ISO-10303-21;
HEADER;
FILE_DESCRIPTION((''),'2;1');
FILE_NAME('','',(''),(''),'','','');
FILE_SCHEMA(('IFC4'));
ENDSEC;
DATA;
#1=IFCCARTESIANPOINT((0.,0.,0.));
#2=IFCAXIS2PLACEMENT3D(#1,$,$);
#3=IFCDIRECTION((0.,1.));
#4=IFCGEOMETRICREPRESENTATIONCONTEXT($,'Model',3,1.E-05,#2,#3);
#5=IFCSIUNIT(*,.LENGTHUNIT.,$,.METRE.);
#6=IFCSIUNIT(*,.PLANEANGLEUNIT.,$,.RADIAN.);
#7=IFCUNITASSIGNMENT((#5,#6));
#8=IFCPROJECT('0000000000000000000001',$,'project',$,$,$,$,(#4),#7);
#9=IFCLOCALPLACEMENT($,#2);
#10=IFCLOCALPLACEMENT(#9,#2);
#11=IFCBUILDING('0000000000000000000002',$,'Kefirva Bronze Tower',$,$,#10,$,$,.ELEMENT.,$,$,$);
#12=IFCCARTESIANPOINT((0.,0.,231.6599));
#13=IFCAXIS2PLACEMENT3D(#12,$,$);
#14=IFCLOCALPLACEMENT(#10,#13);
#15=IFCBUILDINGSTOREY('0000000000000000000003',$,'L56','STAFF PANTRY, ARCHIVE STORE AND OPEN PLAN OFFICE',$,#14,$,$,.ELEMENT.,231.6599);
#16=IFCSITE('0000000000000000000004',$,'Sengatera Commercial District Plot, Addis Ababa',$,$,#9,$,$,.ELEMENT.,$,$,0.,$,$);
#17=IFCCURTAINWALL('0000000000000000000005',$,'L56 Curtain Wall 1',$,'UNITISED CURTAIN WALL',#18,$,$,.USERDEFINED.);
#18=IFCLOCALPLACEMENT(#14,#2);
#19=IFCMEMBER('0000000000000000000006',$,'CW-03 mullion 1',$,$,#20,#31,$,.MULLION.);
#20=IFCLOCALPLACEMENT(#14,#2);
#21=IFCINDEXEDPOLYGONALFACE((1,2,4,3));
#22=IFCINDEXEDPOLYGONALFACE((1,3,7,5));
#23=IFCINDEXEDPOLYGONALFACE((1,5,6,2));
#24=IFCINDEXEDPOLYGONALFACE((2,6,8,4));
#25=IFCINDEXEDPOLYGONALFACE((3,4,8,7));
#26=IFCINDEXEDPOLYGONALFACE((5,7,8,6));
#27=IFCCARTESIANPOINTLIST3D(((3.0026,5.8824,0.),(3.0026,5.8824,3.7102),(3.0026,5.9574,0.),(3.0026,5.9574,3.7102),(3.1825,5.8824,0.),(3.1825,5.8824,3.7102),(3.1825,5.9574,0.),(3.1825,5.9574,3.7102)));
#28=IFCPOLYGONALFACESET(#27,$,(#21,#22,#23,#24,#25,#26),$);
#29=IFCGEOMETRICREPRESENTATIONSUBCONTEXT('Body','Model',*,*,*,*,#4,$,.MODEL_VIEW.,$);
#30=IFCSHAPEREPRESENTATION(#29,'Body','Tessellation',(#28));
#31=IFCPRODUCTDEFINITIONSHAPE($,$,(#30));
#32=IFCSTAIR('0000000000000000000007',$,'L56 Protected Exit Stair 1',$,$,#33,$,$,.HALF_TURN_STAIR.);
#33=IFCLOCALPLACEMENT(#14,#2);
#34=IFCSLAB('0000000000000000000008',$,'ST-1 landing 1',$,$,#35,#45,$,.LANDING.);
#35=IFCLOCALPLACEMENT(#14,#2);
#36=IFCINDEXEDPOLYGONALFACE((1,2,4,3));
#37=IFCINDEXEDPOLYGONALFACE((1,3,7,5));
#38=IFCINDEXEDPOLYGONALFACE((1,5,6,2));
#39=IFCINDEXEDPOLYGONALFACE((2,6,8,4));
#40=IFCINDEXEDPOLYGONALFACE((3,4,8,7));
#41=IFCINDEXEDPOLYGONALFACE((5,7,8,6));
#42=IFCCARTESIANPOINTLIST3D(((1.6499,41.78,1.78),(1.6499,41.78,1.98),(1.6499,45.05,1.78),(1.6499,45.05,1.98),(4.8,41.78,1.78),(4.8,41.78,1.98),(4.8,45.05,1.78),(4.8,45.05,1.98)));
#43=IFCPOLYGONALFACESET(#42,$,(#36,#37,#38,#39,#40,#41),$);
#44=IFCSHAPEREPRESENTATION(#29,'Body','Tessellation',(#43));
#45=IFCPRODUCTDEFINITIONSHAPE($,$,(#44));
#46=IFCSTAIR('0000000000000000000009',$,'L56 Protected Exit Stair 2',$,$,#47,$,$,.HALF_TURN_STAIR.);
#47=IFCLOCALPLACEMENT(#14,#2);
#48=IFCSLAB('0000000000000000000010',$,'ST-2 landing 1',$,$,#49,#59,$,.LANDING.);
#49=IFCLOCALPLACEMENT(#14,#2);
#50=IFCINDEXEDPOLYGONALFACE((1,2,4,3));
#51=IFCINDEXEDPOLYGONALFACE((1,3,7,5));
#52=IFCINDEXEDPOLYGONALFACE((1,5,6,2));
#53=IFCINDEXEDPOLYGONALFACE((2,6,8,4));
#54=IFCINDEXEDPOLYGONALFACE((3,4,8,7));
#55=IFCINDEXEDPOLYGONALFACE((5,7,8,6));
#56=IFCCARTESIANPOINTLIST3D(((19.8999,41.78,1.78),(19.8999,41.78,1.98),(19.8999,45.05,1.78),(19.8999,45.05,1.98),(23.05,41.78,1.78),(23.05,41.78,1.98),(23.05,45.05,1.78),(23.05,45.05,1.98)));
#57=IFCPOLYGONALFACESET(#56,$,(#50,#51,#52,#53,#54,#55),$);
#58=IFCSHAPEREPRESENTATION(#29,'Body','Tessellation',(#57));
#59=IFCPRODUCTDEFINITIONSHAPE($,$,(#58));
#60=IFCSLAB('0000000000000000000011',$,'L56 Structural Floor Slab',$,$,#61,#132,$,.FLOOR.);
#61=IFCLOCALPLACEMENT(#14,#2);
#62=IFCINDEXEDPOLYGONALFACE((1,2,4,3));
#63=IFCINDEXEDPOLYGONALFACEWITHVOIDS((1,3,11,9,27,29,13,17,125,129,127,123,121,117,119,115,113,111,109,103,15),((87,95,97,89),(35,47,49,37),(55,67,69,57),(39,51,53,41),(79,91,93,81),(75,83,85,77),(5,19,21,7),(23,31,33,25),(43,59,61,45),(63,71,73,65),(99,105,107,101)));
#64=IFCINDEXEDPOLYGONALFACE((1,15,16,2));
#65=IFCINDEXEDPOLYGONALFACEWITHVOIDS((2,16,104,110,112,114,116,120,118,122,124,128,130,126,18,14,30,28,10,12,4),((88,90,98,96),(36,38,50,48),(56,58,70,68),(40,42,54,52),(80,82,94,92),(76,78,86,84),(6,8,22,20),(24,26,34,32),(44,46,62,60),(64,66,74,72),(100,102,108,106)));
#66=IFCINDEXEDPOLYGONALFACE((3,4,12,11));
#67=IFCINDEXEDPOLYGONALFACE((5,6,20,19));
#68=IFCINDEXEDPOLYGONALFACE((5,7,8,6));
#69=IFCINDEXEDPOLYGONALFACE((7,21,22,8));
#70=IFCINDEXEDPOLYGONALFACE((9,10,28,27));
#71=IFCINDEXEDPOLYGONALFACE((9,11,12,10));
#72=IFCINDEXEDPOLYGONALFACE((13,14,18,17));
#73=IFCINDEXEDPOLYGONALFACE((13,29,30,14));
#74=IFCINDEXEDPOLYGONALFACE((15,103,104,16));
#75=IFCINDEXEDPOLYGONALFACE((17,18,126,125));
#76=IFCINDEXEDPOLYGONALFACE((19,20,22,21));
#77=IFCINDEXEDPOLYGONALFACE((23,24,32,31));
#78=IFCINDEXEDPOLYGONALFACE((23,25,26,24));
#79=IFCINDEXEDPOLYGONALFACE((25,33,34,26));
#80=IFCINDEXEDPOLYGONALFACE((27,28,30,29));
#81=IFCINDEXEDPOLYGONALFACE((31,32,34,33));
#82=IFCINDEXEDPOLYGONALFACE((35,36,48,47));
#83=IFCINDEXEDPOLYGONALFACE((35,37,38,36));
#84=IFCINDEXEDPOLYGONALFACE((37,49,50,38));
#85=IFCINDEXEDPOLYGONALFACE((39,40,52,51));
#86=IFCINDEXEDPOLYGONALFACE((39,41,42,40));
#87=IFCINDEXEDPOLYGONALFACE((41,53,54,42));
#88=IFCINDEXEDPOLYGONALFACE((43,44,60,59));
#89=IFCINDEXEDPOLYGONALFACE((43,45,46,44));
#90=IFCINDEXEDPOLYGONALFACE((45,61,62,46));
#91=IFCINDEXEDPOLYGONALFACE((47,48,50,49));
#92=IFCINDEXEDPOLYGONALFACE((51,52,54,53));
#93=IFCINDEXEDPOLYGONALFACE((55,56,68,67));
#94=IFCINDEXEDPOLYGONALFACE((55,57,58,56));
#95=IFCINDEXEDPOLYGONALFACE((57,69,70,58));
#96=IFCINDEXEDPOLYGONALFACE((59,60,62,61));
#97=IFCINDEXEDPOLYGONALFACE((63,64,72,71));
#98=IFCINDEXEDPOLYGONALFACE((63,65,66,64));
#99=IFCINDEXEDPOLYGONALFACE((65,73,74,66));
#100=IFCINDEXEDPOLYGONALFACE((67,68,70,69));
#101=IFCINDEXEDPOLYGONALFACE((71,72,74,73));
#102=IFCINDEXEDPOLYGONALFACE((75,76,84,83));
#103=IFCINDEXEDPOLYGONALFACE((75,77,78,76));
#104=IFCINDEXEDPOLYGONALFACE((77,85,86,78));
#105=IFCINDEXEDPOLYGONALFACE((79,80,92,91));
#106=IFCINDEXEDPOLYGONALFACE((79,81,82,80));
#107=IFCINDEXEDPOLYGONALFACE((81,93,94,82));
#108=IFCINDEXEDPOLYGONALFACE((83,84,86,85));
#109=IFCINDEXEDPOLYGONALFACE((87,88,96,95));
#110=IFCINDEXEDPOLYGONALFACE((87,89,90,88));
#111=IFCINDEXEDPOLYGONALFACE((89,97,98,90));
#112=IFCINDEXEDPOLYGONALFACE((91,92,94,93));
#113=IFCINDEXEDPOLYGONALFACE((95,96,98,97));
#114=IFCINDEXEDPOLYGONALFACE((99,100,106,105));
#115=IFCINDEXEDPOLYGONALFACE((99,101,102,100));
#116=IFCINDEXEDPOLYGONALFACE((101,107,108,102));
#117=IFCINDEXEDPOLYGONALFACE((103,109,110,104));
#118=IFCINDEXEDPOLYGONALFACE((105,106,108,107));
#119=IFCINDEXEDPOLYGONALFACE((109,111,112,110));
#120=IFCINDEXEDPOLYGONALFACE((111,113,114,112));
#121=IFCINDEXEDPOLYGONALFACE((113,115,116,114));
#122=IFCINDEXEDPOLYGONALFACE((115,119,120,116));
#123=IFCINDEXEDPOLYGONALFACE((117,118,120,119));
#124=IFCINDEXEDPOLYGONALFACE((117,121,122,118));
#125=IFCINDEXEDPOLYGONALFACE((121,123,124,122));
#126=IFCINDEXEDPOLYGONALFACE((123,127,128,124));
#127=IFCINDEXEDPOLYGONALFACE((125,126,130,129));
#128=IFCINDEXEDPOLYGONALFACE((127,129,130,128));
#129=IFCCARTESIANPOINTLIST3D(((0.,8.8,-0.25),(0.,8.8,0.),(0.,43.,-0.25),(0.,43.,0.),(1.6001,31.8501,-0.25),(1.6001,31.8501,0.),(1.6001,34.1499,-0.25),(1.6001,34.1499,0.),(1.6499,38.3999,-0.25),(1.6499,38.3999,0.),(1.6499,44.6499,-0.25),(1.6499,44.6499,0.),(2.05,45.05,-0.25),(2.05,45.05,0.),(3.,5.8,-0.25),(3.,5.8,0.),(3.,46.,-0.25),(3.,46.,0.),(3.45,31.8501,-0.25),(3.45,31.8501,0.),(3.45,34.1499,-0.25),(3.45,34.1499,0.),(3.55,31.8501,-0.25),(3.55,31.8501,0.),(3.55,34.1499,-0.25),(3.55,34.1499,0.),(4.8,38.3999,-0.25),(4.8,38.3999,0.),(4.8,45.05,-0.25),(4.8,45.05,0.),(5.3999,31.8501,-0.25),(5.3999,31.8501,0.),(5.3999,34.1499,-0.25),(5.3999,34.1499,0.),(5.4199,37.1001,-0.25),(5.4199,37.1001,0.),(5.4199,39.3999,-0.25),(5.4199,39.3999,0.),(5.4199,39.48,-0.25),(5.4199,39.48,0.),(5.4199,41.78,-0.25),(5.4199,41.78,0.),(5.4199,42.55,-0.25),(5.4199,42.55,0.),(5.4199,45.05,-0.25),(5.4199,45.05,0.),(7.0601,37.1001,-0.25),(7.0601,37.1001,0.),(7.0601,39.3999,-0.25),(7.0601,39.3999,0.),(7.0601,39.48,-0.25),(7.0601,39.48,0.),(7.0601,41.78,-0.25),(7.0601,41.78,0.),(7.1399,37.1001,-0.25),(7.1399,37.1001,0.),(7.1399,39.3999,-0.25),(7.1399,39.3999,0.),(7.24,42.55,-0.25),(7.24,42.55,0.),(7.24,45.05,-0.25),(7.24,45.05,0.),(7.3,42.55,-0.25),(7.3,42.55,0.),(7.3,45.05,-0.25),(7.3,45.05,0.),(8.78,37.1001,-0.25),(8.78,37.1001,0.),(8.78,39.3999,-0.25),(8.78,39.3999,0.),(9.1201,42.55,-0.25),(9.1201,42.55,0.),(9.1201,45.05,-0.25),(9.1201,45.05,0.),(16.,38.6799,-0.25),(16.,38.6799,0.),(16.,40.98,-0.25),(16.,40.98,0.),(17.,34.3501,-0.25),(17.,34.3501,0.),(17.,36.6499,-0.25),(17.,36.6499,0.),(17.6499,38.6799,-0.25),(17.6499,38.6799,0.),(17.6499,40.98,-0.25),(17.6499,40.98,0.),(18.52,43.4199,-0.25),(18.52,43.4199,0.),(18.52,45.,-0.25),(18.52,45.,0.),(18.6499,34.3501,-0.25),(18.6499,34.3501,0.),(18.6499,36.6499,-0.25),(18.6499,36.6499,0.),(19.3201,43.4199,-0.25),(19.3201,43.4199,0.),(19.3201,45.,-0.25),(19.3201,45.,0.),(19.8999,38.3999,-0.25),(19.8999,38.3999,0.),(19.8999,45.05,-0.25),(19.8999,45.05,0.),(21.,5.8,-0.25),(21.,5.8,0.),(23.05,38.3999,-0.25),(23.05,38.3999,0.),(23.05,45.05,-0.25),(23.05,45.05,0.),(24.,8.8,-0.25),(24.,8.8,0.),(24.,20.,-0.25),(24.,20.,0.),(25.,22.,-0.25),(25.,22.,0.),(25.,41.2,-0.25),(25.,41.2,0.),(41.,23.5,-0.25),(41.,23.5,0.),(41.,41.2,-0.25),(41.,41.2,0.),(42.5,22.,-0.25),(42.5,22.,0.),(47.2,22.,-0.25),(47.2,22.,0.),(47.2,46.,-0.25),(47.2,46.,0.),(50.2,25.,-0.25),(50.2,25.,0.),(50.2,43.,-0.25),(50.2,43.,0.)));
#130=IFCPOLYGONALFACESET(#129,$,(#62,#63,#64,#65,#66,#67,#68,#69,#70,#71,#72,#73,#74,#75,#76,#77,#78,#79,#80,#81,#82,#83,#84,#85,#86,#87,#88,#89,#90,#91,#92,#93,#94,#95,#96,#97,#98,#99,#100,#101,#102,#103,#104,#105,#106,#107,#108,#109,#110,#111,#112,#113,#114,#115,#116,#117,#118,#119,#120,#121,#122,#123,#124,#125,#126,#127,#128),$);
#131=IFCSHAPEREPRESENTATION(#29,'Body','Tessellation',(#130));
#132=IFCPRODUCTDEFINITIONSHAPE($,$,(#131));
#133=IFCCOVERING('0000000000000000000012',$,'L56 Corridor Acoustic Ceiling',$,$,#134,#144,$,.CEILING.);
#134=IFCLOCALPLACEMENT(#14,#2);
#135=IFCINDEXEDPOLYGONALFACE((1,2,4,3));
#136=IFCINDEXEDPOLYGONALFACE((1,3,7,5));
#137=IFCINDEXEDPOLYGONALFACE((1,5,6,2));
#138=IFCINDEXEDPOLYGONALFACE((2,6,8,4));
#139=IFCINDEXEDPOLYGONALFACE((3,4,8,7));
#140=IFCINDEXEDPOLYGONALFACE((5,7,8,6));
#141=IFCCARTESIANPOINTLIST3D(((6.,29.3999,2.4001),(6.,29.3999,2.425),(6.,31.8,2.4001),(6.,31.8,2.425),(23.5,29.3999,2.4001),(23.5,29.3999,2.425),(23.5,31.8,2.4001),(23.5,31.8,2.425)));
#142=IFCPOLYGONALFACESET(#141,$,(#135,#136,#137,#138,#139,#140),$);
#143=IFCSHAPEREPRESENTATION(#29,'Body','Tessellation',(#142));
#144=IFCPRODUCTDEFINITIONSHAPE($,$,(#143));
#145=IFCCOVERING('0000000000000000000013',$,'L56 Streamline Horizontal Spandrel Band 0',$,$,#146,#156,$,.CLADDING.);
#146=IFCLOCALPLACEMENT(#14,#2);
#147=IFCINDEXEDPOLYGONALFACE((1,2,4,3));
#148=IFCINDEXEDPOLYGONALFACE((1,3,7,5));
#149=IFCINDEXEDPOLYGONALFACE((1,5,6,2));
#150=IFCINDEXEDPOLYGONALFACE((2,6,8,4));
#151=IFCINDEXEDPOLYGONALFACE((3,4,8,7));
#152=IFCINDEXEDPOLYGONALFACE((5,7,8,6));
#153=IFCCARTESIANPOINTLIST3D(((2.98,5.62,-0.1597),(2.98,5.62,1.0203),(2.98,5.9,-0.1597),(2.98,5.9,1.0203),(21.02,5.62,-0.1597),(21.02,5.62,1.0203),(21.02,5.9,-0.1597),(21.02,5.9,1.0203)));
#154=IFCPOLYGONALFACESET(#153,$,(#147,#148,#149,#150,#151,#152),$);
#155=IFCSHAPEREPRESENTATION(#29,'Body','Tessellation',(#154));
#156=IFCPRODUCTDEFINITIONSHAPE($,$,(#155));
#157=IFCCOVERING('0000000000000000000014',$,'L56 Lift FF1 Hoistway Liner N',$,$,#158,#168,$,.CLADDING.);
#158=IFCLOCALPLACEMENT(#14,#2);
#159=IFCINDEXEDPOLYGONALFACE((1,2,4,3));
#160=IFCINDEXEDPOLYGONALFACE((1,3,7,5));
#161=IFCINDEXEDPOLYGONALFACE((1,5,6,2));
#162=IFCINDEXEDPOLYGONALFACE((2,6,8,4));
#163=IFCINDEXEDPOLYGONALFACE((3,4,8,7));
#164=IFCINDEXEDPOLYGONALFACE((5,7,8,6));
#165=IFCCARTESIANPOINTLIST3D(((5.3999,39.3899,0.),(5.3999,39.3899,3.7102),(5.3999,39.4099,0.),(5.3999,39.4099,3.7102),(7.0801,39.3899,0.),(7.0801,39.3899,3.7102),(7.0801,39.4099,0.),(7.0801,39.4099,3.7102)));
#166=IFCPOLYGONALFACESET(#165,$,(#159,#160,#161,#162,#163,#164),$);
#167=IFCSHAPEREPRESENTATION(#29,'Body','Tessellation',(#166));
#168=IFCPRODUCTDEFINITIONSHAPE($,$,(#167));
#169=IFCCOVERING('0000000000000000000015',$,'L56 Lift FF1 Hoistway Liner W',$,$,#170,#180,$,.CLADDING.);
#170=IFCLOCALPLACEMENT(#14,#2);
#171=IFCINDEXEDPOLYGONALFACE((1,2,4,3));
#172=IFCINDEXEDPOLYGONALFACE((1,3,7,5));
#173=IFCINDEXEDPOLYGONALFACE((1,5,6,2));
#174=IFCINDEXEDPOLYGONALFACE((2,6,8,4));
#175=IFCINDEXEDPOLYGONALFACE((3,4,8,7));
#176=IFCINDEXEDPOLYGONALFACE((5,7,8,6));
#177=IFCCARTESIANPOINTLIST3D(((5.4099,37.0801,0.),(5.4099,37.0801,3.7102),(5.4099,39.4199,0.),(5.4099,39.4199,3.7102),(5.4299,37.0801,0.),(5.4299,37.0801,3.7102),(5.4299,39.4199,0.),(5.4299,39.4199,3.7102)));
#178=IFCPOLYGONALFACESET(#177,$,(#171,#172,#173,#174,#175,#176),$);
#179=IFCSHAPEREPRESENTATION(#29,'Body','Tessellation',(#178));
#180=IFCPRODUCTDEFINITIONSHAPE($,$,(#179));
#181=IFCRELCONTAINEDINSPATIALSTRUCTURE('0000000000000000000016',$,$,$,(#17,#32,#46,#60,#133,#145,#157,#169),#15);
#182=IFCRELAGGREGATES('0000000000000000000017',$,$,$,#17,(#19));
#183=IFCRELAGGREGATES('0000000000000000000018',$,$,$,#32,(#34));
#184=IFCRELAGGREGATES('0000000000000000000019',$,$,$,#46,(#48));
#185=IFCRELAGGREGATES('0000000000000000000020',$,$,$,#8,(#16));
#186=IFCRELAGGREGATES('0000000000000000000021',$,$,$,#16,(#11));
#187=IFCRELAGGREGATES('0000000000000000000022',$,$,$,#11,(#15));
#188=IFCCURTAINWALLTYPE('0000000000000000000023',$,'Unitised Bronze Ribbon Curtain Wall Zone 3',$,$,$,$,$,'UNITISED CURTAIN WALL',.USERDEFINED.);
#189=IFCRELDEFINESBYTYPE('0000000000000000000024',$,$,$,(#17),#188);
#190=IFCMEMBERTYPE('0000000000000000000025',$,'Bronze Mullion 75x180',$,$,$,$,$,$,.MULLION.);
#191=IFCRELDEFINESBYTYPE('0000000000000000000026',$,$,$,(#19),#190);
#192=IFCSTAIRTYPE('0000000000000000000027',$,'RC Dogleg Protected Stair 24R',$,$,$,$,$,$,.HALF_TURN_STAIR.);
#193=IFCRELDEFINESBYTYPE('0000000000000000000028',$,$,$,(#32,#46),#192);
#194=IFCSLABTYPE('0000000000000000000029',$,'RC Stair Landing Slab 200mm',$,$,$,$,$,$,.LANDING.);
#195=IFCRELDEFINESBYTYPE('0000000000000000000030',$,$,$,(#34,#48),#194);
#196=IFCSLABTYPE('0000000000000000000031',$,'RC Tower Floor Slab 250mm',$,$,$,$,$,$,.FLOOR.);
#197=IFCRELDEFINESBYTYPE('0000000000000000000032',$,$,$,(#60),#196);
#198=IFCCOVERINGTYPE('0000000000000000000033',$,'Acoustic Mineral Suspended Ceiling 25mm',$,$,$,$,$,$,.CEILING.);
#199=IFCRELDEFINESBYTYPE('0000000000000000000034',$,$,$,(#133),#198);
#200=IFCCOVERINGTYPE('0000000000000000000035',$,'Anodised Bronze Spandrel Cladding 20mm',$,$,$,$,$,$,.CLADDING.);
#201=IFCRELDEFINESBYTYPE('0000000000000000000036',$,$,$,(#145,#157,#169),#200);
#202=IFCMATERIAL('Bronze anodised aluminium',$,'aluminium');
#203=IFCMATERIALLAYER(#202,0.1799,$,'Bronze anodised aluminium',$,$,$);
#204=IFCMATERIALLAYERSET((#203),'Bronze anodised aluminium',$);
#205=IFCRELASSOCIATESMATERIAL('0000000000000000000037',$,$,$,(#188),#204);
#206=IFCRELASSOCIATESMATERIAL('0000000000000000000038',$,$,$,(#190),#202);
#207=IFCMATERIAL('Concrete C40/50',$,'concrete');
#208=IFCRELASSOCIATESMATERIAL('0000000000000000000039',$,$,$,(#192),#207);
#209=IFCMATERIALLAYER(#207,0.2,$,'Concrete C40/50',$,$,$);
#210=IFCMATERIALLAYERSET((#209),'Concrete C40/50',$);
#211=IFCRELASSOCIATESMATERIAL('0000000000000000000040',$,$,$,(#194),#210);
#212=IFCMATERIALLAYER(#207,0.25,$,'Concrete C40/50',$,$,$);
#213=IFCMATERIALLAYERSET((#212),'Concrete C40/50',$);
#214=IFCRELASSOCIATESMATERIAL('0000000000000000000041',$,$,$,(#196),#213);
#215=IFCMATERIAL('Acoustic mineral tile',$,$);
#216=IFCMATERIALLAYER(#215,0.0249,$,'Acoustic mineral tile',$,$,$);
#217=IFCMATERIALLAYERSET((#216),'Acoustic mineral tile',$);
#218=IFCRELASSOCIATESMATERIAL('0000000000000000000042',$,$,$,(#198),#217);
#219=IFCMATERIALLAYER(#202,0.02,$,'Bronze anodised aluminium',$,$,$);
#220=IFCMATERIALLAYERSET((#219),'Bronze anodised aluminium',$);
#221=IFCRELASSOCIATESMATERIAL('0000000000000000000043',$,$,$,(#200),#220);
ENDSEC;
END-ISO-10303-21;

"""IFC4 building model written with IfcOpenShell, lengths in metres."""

from ifc_helpers import new_model, si_unit, direction, frame, origin, origin_2d, place, context, subcontext, project, spatial, polyline, rectangle, outline, extrude, material, layer, layer_set, material_profile, profile_set, type_object, element, aggregate, save


model = new_model("IFC4")

# Units and contexts
model_context = context("Model", 3, precision=1e-05, world=origin(), true_north=direction((0.0, 1.0)))
body_context = subcontext(model_context, "Body", "Model", "MODEL_VIEW")
ifc_project = project(units=[si_unit("LENGTHUNIT", "METRE"), si_unit("PLANEANGLEUNIT", "RADIAN")], contexts=[model_context])

# Site, building, storey
site_placement = place(None, origin())
site = spatial("IfcSite", under=ifc_project, at=site_placement, Name="Sengatera Commercial District Plot, Addis Ababa", CompositionType="ELEMENT", RefElevation=0.0)
building_placement = place(site_placement, origin())
building = spatial("IfcBuilding", under=site, at=building_placement, Name="Kefirva Bronze Tower", CompositionType="ELEMENT")
storey_placement = place(building_placement, frame((0.0, 0.0, 231.6599)))
storey = spatial("IfcBuildingStorey", under=building, at=storey_placement, Name="L56", Description="STAFF PANTRY, ARCHIVE STORE AND OPEN PLAN OFFICE", CompositionType="ELEMENT", Elevation=231.6599)

# Curtain wall, member
ifc_material_1 = material(Name="Bronze anodised aluminium", Category="aluminium")
ifc_layer_1 = layer(ifc_material_1, 0.1799, Name="Bronze anodised aluminium")
ifc_layer_set_1 = layer_set([ifc_layer_1], Name="Bronze anodised aluminium")
curtain_wall_type = type_object("IfcCurtainWallType", Name="Unitised Bronze Ribbon Curtain Wall Zone 3", ElementType="UNITISED CURTAIN WALL", PredefinedType="USERDEFINED", material=ifc_layer_set_1)
curtain_wall_placement = place(storey_placement, origin())
curtain_wall = element("IfcCurtainWall", 1, at=curtain_wall_placement, inside=storey, type_object=curtain_wall_type, Name="L56 Curtain Wall 1", ObjectType="UNITISED CURTAIN WALL", PredefinedType="USERDEFINED")
ifc_material_profile = material_profile(ifc_material_1, rectangle(XDim=0.075, YDim=0.1799, at=origin_2d()), Name="ALU 75x180")
ifc_profile_set = profile_set([ifc_material_profile], Name="Bronze anodised aluminium")
member_type = type_object("IfcMemberType", Name="Bronze Mullion 75x180", PredefinedType="MULLION", material=ifc_profile_set)
member_placement = place(storey_placement, frame((3.0925, 5.9199, 0.0), z_axis=(0.0, 0.0, 1.0), x_axis=(0.0, 1.0, 0.0)))
member = element("IfcMember", 2, at=member_placement, type_object=member_type, Name="CW-03 mullion 1", PredefinedType="MULLION", context=body_context, shape_type="SweptSolid", body=[
    extrude(rectangle(XDim=0.075, YDim=0.1799, at=origin_2d()), origin(), (0.0, 0.0, 1.0), 3.7102),
])
aggregate(curtain_wall, [member])

# Stairs, slabs
ifc_material_2 = material(Name="Concrete C40/50", Category="concrete")
stair_type = type_object("IfcStairType", Name="RC Dogleg Protected Stair 24R", PredefinedType="HALF_TURN_STAIR", material=ifc_material_2)
stair_1_placement = place(storey_placement, origin())
stair_1 = element("IfcStair", 3, at=stair_1_placement, inside=storey, type_object=stair_type, Name="L56 Protected Exit Stair 1", PredefinedType="HALF_TURN_STAIR")
ifc_layer_2 = layer(ifc_material_2, 0.2, Name="Concrete C40/50")
ifc_layer_set_2 = layer_set([ifc_layer_2], Name="Concrete C40/50")
slab_type_1 = type_object("IfcSlabType", Name="RC Stair Landing Slab 200mm", PredefinedType="LANDING", material=ifc_layer_set_2)
slab_1_placement = place(storey_placement, frame((0.0, 0.0, 1.78)))
slab_1 = element("IfcSlab", 4, at=slab_1_placement, type_object=slab_type_1, Name="ST-1 landing 1", PredefinedType="LANDING", context=body_context, shape_type="SweptSolid", body=[
    extrude(outline(polyline([(4.8, 41.78), (4.8, 45.05), (1.6499, 45.05), (1.6499, 41.78), (4.8, 41.78)])), origin(), (0.0, 0.0, 1.0), 0.2),
])
aggregate(stair_1, [slab_1])
stair_2_placement = place(storey_placement, origin())
stair_2 = element("IfcStair", 5, at=stair_2_placement, inside=storey, type_object=stair_type, Name="L56 Protected Exit Stair 2", PredefinedType="HALF_TURN_STAIR")
slab_2_placement = place(storey_placement, frame((0.0, 0.0, 1.78)))
slab_2 = element("IfcSlab", 6, at=slab_2_placement, type_object=slab_type_1, Name="ST-2 landing 1", PredefinedType="LANDING", context=body_context, shape_type="SweptSolid", body=[
    extrude(outline(polyline([(23.05, 41.78), (23.05, 45.05), (19.8999, 45.05), (19.8999, 41.78), (23.05, 41.78)])), origin(), (0.0, 0.0, 1.0), 0.2),
])
aggregate(stair_2, [slab_2])

# Slab
ifc_layer_3 = layer(ifc_material_2, 0.25, Name="Concrete C40/50")
ifc_layer_set_3 = layer_set([ifc_layer_3], Name="Concrete C40/50")
slab_type_2 = type_object("IfcSlabType", Name="RC Tower Floor Slab 250mm", PredefinedType="FLOOR", material=ifc_layer_set_3)
slab_3_placement = place(storey_placement, frame((0.0, 0.0, -0.25)))
element("IfcSlab", 7, at=slab_3_placement, inside=storey, type_object=slab_type_2, Name="L56 Structural Floor Slab", PredefinedType="FLOOR", context=body_context, shape_type="SweptSolid", body=[
    extrude(outline(polyline([(0.0, 8.8), (0.0, 43.0), (1.6499, 44.6499), (1.6499, 38.3999), (4.8, 38.3999), (4.8, 45.05), (2.05, 45.05), (3.0, 46.0), (47.2, 46.0), (50.2, 43.0), (50.2, 25.0), (47.2, 22.0), (42.5, 22.0), (41.0, 23.5), (41.0, 41.2), (25.0, 41.2), (25.0, 22.0), (24.0, 20.0), (24.0, 8.8), (21.0, 5.8), (3.0, 5.8), (0.0, 8.8)]), holes=[polyline([(23.05, 45.05), (19.8999, 45.05), (19.8999, 38.3999), (23.05, 38.3999), (23.05, 45.05)]), polyline([(19.3201, 43.4199), (19.3201, 45.0), (18.52, 45.0), (18.52, 43.4199), (19.3201, 43.4199)]), polyline([(18.6499, 36.6499), (17.0, 36.6499), (17.0, 34.3501), (18.6499, 34.3501), (18.6499, 36.6499)]), polyline([(17.6499, 38.6799), (17.6499, 40.98), (16.0, 40.98), (16.0, 38.6799), (17.6499, 38.6799)]), polyline([(9.1201, 42.55), (9.1201, 45.05), (7.3, 45.05), (7.3, 42.55), (9.1201, 42.55)]), polyline([(8.78, 37.1001), (8.78, 39.3999), (7.1399, 39.3999), (7.1399, 37.1001), (8.78, 37.1001)]), polyline([(7.24, 42.55), (7.24, 45.05), (5.4199, 45.05), (5.4199, 42.55), (7.24, 42.55)]), polyline([(7.0601, 37.1001), (7.0601, 39.3999), (5.4199, 39.3999), (5.4199, 37.1001), (7.0601, 37.1001)]), polyline([(7.0601, 41.78), (5.4199, 41.78), (5.4199, 39.48), (7.0601, 39.48), (7.0601, 41.78)]), polyline([(5.3999, 31.8501), (5.3999, 34.1499), (3.55, 34.1499), (3.55, 31.8501), (5.3999, 31.8501)]), polyline([(3.45, 34.1499), (1.6001, 34.1499), (1.6001, 31.8501), (3.45, 31.8501), (3.45, 34.1499)])]), origin(), (0.0, 0.0, 1.0), 0.25),
])

# Coverings
ifc_material_3 = material(Name="Acoustic mineral tile")
ifc_layer_4 = layer(ifc_material_3, 0.0249, Name="Acoustic mineral tile")
ifc_layer_set_4 = layer_set([ifc_layer_4], Name="Acoustic mineral tile")
covering_type_1 = type_object("IfcCoveringType", Name="Acoustic Mineral Suspended Ceiling 25mm", PredefinedType="CEILING", material=ifc_layer_set_4)
covering_1_placement = place(storey_placement, frame((0.0, 0.0, 2.4001)))
element("IfcCovering", 8, at=covering_1_placement, inside=storey, type_object=covering_type_1, Name="L56 Corridor Acoustic Ceiling", PredefinedType="CEILING", context=body_context, shape_type="SweptSolid", body=[
    extrude(outline(polyline([(6.0, 29.3999), (23.5, 29.3999), (23.5, 31.8), (6.0, 31.8), (6.0, 29.3999)])), origin(), (0.0, 0.0, 1.0), 0.0249),
])
ifc_layer_5 = layer(ifc_material_1, 0.02, Name="Bronze anodised aluminium")
ifc_layer_set_5 = layer_set([ifc_layer_5], Name="Bronze anodised aluminium")
covering_type_2 = type_object("IfcCoveringType", Name="Anodised Bronze Spandrel Cladding 20mm", PredefinedType="CLADDING", material=ifc_layer_set_5)
covering_2_placement = place(storey_placement, frame((12.0, 5.76, -0.1597), z_axis=(0.0, 0.0, 1.0), x_axis=(1.0, 0.0, 0.0)))
element("IfcCovering", 9, at=covering_2_placement, inside=storey, type_object=covering_type_2, Name="L56 Streamline Horizontal Spandrel Band 0", PredefinedType="CLADDING", context=body_context, shape_type="SweptSolid", body=[
    extrude(rectangle(XDim=18.04, YDim=0.28, at=origin_2d()), origin(), (0.0, 0.0, 1.0), 1.1799),
])
covering_3_placement = place(storey_placement, origin())
element("IfcCovering", 10, at=covering_3_placement, inside=storey, type_object=covering_type_2, Name="L56 Lift FF1 Hoistway Liner N", PredefinedType="CLADDING", context=body_context, shape_type="SweptSolid", body=[
    extrude(outline(polyline([(5.3999, 39.3899), (7.0801, 39.3899), (7.0801, 39.4099), (5.3999, 39.4099), (5.3999, 39.3899)])), origin(), (0.0, 0.0, 1.0), 3.7102),
])
covering_4_placement = place(storey_placement, origin())
element("IfcCovering", 11, at=covering_4_placement, inside=storey, type_object=covering_type_2, Name="L56 Lift FF1 Hoistway Liner W", PredefinedType="CLADDING", context=body_context, shape_type="SweptSolid", body=[
    extrude(outline(polyline([(5.4099, 37.0801), (5.4299, 37.0801), (5.4299, 39.4199), (5.4099, 39.4199), (5.4099, 37.0801)])), origin(), (0.0, 0.0, 1.0), 3.7102),
])

save(model, "model.ifc")
